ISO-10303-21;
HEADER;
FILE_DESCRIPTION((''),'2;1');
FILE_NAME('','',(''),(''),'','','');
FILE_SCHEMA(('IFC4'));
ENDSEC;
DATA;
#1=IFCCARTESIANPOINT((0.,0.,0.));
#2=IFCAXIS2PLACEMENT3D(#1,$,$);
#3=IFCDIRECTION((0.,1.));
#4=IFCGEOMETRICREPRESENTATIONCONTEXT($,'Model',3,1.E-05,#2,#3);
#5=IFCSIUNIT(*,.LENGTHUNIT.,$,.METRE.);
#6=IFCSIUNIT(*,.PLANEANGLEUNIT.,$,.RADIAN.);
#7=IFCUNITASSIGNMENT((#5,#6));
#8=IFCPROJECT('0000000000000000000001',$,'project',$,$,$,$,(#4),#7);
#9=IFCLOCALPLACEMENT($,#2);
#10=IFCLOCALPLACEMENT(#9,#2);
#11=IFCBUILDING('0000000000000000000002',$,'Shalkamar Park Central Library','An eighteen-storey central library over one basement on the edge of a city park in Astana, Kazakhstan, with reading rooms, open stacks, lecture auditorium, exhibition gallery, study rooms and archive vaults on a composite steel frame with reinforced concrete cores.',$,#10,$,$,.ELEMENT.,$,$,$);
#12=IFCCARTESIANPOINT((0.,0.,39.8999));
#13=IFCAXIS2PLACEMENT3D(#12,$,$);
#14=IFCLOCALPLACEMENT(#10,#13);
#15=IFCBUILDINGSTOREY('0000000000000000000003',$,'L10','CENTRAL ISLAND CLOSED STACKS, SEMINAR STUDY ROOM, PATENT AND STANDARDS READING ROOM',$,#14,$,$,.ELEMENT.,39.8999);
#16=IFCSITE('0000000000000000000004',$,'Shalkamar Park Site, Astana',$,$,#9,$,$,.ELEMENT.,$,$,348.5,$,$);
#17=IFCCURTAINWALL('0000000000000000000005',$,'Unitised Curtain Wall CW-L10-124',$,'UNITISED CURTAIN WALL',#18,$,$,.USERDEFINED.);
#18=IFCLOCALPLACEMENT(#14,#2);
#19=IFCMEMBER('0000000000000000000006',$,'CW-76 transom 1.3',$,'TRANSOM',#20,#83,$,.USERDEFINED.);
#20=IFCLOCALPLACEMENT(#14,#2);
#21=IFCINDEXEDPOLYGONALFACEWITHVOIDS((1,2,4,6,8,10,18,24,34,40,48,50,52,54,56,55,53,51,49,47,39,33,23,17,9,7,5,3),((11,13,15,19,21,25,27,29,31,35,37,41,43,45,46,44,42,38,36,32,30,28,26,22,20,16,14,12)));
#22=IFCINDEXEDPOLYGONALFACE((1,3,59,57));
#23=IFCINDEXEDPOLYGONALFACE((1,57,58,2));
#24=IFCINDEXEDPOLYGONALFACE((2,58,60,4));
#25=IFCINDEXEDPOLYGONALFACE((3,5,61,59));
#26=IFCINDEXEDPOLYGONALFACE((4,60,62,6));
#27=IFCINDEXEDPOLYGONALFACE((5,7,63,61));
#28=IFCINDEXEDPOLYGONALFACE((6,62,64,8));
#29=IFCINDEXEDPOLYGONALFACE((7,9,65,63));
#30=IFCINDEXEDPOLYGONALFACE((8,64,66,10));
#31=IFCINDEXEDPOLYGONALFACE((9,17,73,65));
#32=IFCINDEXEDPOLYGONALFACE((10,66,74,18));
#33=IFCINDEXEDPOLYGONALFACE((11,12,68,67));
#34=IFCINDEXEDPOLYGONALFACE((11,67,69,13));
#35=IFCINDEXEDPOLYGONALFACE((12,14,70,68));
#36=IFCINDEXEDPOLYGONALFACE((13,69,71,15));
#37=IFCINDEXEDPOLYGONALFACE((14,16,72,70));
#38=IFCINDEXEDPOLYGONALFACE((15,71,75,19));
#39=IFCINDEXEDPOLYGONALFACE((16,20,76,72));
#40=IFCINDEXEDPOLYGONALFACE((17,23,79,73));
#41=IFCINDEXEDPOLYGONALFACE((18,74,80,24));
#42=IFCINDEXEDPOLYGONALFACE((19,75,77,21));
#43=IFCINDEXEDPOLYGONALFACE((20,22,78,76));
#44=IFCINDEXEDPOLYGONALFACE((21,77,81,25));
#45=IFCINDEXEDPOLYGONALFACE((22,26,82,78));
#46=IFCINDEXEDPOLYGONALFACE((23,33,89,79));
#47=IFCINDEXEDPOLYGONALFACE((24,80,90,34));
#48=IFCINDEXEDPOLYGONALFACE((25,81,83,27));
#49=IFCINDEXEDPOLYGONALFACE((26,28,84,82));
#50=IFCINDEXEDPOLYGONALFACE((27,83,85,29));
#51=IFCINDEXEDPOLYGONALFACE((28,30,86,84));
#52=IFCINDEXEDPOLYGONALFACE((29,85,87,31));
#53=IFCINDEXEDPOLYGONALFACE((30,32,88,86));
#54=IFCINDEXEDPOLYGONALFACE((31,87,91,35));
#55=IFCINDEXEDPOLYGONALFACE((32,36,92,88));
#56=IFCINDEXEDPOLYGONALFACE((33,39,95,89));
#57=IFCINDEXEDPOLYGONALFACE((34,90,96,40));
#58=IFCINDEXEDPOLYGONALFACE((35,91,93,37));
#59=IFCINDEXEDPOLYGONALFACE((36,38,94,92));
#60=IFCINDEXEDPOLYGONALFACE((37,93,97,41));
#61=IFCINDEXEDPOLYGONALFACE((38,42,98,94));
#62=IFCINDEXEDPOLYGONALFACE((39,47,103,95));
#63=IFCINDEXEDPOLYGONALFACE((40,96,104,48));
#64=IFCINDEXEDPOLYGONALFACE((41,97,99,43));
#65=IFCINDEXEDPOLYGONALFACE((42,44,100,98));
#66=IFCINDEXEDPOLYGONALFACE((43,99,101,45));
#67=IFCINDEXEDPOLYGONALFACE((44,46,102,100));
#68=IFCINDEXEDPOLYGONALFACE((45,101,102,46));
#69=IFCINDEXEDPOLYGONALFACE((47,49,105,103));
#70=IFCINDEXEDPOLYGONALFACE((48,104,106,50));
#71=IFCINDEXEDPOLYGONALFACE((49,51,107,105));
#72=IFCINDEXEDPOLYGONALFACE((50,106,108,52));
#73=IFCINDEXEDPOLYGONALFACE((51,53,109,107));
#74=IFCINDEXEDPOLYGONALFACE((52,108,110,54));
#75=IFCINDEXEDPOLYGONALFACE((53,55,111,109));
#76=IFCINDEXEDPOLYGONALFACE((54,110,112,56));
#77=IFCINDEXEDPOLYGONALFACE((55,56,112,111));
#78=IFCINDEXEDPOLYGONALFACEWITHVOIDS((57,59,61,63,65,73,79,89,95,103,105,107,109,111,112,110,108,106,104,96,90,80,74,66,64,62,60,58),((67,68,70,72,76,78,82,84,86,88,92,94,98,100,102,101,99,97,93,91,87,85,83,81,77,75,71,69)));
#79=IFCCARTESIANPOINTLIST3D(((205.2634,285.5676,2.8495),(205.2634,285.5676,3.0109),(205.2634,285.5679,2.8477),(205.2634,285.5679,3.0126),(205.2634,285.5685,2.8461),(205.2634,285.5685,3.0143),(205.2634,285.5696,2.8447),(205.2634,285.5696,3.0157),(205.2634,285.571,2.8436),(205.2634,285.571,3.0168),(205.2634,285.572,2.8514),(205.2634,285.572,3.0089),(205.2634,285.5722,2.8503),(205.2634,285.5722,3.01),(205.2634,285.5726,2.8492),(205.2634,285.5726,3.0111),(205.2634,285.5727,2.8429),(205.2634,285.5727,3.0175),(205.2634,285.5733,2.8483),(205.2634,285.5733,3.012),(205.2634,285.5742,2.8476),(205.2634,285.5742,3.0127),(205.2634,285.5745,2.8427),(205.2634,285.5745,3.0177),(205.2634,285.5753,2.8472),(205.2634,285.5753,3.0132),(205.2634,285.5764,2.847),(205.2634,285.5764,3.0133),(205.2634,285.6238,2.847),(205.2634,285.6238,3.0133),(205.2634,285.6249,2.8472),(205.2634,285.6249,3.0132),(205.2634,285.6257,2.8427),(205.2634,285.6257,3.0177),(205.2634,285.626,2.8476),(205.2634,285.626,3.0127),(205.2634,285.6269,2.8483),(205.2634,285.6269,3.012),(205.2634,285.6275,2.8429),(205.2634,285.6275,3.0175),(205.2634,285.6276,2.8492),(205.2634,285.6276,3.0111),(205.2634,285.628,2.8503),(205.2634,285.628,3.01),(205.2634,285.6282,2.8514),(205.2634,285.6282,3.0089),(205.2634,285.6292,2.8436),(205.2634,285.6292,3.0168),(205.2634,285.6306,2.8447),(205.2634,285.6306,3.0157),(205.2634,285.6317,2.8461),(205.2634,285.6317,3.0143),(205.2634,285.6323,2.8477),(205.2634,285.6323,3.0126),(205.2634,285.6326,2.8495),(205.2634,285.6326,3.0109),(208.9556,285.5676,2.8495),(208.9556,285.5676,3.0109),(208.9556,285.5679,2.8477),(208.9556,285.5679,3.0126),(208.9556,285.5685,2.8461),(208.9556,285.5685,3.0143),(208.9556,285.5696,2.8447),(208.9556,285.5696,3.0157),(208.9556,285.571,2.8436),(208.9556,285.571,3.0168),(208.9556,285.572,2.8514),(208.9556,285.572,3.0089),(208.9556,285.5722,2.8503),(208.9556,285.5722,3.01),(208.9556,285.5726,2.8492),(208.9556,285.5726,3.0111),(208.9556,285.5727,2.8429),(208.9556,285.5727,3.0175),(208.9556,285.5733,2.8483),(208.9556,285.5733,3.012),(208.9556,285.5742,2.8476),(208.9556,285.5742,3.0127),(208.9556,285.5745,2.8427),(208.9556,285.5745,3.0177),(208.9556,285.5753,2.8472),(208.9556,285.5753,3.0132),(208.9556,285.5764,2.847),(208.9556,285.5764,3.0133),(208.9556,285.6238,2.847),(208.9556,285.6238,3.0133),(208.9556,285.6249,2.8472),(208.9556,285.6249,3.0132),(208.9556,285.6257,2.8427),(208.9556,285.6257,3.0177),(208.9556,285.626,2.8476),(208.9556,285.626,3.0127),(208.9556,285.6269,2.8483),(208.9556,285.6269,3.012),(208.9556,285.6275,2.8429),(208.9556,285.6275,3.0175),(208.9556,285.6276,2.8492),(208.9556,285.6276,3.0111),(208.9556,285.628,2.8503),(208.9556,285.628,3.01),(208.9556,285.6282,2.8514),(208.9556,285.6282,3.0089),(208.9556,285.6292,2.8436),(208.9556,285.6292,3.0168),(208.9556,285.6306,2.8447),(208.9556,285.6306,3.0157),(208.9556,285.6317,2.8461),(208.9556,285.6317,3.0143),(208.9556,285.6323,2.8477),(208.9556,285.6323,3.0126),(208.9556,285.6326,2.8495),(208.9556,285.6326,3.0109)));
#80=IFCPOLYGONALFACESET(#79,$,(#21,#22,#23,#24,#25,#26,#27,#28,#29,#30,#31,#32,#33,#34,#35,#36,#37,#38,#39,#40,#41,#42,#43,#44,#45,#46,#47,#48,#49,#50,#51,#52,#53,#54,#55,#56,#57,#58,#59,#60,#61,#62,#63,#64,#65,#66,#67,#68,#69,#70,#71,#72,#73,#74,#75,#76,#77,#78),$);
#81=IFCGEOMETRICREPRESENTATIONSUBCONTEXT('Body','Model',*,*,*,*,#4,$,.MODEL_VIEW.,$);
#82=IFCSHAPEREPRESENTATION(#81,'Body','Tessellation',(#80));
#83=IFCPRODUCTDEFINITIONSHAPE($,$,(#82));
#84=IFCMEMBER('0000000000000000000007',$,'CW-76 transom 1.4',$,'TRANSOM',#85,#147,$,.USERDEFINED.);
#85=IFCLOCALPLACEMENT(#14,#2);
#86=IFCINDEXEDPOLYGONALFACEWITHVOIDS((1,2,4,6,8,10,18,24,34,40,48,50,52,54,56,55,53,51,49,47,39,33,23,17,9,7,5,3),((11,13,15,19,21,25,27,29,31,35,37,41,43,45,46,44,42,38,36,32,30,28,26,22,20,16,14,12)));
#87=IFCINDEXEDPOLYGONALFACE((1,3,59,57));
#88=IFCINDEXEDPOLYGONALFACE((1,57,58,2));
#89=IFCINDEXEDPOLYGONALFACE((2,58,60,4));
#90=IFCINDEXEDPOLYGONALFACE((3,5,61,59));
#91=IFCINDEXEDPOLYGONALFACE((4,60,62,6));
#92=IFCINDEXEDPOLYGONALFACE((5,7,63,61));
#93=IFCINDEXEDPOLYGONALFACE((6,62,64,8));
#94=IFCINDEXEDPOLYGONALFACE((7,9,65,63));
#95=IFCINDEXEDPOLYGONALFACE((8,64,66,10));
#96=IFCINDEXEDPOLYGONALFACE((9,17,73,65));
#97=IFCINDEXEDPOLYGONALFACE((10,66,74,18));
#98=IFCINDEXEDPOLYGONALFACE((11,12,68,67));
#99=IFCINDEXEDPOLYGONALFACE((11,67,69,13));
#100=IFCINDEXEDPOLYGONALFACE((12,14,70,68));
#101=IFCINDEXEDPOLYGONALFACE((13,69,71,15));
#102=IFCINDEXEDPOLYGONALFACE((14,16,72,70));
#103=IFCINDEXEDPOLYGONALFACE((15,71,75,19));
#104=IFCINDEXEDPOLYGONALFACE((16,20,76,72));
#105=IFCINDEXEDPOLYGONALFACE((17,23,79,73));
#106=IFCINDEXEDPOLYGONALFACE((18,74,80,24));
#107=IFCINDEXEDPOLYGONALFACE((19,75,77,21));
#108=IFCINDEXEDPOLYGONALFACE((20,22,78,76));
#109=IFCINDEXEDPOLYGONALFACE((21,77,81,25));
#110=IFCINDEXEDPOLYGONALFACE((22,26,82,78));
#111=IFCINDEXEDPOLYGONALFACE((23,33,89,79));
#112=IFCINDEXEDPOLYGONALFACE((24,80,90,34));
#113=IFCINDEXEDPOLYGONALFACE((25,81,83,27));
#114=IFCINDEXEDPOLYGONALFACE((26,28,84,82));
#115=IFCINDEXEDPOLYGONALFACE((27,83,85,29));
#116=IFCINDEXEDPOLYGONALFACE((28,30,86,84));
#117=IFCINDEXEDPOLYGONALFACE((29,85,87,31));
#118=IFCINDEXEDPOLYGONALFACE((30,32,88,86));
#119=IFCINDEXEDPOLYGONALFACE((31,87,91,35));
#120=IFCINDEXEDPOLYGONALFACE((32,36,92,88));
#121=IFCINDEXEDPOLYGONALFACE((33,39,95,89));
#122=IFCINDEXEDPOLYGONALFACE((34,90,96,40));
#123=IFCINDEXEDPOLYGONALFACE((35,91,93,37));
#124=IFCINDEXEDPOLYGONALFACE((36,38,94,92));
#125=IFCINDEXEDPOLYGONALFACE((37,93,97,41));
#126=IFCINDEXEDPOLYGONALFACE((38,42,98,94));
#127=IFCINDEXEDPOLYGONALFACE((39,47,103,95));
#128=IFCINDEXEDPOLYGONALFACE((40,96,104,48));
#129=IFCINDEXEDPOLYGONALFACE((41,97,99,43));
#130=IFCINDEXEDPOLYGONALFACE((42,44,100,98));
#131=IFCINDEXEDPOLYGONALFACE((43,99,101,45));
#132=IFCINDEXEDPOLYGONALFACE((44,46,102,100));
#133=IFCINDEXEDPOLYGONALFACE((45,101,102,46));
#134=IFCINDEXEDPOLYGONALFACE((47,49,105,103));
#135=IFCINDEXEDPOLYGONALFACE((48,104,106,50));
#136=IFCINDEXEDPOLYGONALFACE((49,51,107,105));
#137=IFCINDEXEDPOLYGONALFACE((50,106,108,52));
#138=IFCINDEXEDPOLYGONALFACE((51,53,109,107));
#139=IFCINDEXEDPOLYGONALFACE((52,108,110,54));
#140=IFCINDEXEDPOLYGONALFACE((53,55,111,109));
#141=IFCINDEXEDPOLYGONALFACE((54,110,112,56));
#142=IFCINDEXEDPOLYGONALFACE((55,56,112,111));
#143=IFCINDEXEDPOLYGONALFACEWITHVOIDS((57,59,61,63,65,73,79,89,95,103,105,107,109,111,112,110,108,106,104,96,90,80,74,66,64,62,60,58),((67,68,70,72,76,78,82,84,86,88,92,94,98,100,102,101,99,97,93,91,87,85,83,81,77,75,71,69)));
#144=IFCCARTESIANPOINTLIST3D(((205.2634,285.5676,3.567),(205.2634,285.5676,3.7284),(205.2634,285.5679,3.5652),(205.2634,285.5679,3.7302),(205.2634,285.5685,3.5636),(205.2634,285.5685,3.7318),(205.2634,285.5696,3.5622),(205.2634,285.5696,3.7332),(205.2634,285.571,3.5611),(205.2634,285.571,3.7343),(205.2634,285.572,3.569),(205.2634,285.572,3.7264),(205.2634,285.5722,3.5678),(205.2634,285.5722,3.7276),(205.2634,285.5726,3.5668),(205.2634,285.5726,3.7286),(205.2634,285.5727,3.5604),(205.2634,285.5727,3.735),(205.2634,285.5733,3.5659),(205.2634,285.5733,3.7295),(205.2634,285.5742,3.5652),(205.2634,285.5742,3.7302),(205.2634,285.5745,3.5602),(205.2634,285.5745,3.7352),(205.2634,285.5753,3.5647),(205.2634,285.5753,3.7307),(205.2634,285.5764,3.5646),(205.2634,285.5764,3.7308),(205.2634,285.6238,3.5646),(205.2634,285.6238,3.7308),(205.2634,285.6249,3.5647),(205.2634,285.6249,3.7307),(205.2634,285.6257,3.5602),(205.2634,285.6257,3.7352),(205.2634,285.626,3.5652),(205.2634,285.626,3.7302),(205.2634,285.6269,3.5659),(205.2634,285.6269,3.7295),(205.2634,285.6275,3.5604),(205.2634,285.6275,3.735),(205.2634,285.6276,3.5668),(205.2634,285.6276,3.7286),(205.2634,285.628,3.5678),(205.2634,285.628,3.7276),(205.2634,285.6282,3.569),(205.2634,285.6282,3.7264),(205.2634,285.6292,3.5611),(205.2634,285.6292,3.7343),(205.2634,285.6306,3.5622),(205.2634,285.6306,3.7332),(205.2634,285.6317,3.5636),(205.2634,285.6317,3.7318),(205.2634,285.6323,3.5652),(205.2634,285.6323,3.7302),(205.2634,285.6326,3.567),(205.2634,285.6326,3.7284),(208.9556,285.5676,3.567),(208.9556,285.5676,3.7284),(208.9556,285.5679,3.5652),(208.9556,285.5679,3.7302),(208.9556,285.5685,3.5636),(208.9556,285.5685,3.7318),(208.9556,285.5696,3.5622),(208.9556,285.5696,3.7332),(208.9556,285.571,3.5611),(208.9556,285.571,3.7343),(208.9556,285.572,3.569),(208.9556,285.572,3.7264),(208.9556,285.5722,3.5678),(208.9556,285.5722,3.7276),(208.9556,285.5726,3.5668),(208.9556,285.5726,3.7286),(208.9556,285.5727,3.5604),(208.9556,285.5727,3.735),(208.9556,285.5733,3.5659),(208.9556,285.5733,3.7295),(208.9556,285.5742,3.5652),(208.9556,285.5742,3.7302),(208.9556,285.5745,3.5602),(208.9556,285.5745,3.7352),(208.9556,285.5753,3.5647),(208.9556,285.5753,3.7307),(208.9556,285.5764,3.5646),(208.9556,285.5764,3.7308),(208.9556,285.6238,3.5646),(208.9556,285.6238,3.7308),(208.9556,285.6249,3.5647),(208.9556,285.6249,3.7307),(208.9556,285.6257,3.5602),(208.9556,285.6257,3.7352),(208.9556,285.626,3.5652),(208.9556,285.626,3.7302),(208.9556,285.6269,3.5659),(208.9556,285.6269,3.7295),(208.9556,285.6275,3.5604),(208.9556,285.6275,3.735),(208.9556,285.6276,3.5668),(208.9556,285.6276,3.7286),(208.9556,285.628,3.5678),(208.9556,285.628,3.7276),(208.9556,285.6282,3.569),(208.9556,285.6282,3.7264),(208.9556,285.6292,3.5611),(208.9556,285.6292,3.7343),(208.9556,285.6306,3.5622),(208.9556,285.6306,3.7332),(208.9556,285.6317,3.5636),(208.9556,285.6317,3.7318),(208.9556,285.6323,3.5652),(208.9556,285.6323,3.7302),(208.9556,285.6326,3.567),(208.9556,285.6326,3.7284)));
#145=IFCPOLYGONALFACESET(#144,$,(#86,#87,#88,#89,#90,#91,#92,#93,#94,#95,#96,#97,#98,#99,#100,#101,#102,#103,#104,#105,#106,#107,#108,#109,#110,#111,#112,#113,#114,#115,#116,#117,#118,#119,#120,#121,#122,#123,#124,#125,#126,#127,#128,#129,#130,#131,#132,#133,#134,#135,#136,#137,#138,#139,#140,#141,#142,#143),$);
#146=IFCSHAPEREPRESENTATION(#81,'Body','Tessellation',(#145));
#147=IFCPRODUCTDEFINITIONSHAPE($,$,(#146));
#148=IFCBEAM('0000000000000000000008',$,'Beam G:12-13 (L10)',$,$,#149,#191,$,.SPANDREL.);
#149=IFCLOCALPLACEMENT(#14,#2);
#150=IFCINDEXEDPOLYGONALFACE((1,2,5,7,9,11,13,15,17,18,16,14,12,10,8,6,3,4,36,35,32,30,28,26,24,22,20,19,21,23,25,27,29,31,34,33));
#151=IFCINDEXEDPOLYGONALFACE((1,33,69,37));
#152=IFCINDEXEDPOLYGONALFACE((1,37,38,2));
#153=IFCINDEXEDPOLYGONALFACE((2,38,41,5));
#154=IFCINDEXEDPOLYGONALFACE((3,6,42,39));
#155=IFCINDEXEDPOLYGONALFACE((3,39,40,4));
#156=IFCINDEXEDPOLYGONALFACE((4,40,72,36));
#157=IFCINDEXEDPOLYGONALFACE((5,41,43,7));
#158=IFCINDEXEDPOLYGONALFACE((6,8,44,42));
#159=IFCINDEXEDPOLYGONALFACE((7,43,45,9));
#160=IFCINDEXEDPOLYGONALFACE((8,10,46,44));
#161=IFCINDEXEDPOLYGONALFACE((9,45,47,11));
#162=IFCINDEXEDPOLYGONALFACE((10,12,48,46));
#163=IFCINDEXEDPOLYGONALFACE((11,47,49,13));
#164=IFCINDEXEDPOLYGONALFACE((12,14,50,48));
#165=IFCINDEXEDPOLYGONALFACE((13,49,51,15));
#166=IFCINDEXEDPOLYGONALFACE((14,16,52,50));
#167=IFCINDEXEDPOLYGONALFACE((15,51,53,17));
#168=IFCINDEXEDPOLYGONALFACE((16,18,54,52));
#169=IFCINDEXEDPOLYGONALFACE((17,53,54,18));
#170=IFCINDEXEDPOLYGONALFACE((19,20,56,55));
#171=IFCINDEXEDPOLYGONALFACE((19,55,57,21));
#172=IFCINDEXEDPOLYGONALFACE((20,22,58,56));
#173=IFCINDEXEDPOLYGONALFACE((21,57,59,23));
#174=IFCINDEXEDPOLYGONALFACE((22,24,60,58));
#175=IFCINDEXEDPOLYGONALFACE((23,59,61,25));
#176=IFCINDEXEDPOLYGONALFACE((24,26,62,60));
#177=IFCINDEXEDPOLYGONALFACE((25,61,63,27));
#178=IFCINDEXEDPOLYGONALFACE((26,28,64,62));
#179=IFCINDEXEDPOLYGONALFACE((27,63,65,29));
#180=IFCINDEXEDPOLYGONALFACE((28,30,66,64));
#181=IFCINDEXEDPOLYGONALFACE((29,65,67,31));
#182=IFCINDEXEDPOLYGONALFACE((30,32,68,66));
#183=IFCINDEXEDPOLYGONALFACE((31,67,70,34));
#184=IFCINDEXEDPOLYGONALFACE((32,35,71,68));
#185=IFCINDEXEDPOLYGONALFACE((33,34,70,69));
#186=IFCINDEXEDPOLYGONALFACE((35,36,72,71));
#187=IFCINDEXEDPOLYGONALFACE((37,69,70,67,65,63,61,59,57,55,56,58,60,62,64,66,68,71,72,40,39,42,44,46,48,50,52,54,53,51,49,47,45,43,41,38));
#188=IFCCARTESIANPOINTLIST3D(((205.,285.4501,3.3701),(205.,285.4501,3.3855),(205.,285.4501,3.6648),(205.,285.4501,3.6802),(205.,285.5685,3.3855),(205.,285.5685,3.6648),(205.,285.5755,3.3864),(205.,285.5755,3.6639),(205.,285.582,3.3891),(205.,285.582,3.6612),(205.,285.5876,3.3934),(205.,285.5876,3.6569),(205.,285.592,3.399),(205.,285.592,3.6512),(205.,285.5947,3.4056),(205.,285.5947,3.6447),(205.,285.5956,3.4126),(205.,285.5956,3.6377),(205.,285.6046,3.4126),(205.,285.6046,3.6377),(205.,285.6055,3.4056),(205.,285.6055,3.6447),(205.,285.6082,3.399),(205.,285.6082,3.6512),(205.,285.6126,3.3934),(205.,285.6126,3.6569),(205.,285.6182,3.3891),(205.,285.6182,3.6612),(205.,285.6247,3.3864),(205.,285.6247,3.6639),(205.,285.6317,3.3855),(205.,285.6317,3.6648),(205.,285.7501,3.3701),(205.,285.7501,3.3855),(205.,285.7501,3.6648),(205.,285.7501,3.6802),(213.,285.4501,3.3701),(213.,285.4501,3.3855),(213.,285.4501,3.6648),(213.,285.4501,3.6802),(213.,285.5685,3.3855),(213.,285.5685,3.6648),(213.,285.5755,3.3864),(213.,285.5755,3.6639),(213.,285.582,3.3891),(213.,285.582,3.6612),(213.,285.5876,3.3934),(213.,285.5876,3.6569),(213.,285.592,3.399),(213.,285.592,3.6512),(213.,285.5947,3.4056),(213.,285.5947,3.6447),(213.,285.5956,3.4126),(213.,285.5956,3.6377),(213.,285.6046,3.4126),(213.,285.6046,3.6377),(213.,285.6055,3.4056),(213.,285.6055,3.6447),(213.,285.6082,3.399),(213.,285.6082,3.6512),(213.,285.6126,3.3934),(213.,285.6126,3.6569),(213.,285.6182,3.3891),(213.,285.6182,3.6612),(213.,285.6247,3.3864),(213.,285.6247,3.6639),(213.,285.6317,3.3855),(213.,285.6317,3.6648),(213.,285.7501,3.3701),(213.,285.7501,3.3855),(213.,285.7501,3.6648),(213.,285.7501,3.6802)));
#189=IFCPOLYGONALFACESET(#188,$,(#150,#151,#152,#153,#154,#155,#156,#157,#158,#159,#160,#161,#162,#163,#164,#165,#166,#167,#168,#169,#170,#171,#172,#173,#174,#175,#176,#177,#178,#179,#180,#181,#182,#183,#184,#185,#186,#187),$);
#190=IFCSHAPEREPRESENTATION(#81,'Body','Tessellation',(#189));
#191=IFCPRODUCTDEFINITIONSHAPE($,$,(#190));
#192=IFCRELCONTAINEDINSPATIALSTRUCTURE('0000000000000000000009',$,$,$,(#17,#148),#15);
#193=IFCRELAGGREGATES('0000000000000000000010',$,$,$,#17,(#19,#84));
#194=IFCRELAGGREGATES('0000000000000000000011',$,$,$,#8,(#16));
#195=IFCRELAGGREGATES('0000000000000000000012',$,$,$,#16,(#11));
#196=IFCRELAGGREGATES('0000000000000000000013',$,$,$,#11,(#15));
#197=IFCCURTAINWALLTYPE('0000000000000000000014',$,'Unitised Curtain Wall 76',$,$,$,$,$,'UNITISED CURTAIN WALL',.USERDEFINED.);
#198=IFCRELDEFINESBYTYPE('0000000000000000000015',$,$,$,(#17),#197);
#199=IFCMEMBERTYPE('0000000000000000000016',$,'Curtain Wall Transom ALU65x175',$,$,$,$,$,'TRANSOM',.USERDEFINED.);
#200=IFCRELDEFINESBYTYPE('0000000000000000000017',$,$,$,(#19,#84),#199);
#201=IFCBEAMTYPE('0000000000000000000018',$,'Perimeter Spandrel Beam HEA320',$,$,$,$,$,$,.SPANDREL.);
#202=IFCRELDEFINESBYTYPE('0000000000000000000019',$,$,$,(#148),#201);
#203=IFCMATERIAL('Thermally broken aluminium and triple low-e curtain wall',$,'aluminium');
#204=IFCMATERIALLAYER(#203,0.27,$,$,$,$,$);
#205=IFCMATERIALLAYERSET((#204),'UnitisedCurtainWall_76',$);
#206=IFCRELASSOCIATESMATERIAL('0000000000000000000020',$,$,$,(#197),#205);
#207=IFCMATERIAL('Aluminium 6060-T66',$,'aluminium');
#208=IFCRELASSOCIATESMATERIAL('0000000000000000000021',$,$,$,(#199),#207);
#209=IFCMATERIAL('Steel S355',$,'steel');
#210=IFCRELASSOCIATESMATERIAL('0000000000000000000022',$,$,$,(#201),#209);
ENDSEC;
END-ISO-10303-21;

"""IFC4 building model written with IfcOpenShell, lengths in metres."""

from ifc_helpers import new_model, si_unit, direction, frame, origin, origin_2d, place, context, subcontext, project, spatial, hollow_rectangle, i_section, extrude, material, layer, layer_set, material_profile, profile_set, type_object, element, aggregate, save


model = new_model("IFC4")

# Units and contexts
model_context = context("Model", 3, precision=1e-05, world=origin(), true_north=direction((0.0, 1.0)))
body_context = subcontext(model_context, "Body", "Model", "MODEL_VIEW")
ifc_project = project(units=[si_unit("LENGTHUNIT", "METRE"), si_unit("PLANEANGLEUNIT", "RADIAN")], contexts=[model_context])

# Site, building, storey
site_placement = place(None, origin())
site = spatial("IfcSite", under=ifc_project, at=site_placement, Name="Shalkamar Park Site, Astana", CompositionType="ELEMENT", RefElevation=348.5)
building_placement = place(site_placement, origin())
building = spatial("IfcBuilding", under=site, at=building_placement, Name="Shalkamar Park Central Library", Description="An eighteen-storey central library over one basement on the edge of a city park in Astana, Kazakhstan, with reading rooms, open stacks, lecture auditorium, exhibition gallery, study rooms and archive vaults on a composite steel frame with reinforced concrete cores.", CompositionType="ELEMENT")
storey_placement = place(building_placement, frame((0.0, 0.0, 39.8999)))
storey = spatial("IfcBuildingStorey", under=building, at=storey_placement, Name="L10", Description="CENTRAL ISLAND CLOSED STACKS, SEMINAR STUDY ROOM, PATENT AND STANDARDS READING ROOM", CompositionType="ELEMENT", Elevation=39.8999)

# Shared definitions
ifc_material_1 = material(Name="Steel S355", Category="steel")

# Shared definitions
ifc_material_2 = material(Name="Thermally broken aluminium and triple low-e curtain wall", Category="aluminium")
ifc_material_3 = material(Name="Aluminium 6060-T66", Category="aluminium")

# Curtain wall
ifc_layer_1 = layer(ifc_material_2, 0.27)
ifc_layer_set_1 = layer_set([ifc_layer_1], Name="UnitisedCurtainWall_76")
curtain_wall_type_1 = type_object("IfcCurtainWallType", Name="Unitised Curtain Wall 76", ElementType="UNITISED CURTAIN WALL", PredefinedType="USERDEFINED", material=ifc_layer_set_1)
curtain_wall_1_placement = place(storey_placement, origin())
curtain_wall_1 = element("IfcCurtainWall", 1, at=curtain_wall_1_placement, inside=storey, type_object=curtain_wall_type_1, Name="Unitised Curtain Wall CW-L10-124", ObjectType="UNITISED CURTAIN WALL", PredefinedType="USERDEFINED")

# Members
ifc_material_profile_1 = material_profile(ifc_material_3, hollow_rectangle(XDim=0.0649, YDim=0.175, WallThickness=0.0044, InnerFilletRadius=0.0044, OuterFilletRadius=0.0068, at=origin_2d()), Name="ALU 65x175x4.5")
ifc_profile_set_1 = profile_set([ifc_material_profile_1], Name="Aluminium 6060-T66")
member_type_1 = type_object("IfcMemberType", Name="Curtain Wall Transom ALU65x175", ElementType="TRANSOM", PredefinedType="USERDEFINED", material=ifc_profile_set_1)
member_1_placement = place(storey_placement, frame((205.2634, 285.6001, 2.9302), z_axis=(1.0, 0.0, 0.0), x_axis=(0.0, 1.0, 0.0)))
member_1 = element("IfcMember", 2, at=member_1_placement, type_object=member_type_1, Name="CW-76 transom 1.3", ObjectType="TRANSOM", PredefinedType="USERDEFINED", context=body_context, shape_type="SweptSolid", body=[
    extrude(hollow_rectangle(XDim=0.0649, YDim=0.175, WallThickness=0.0044, InnerFilletRadius=0.0044, OuterFilletRadius=0.0068, at=origin_2d()), origin(), (0.0, 0.0, 1.0), 3.6921),
])
member_2_placement = place(storey_placement, frame((205.2634, 285.6001, 3.6477), z_axis=(1.0, 0.0, 0.0), x_axis=(0.0, 1.0, 0.0)))
member_2 = element("IfcMember", 3, at=member_2_placement, type_object=member_type_1, Name="CW-76 transom 1.4", ObjectType="TRANSOM", PredefinedType="USERDEFINED", context=body_context, shape_type="SweptSolid", body=[
    extrude(hollow_rectangle(XDim=0.0649, YDim=0.175, WallThickness=0.0044, InnerFilletRadius=0.0044, OuterFilletRadius=0.0068, at=origin_2d()), origin(), (0.0, 0.0, 1.0), 3.6921),
])
aggregate(curtain_wall_1, [member_1, member_2])

# Beam
ifc_material_profile_2 = material_profile(ifc_material_1, i_section(OverallWidth=0.3, OverallDepth=0.3101, WebThickness=0.009, FlangeThickness=0.0154, FilletRadius=0.0271, at=origin_2d()), Name="HEA 320")
ifc_profile_set_2 = profile_set([ifc_material_profile_2], Name="Steel S355")
beam_type = type_object("IfcBeamType", Name="Perimeter Spandrel Beam HEA320", PredefinedType="SPANDREL", material=ifc_profile_set_2)
beam_placement = place(storey_placement, frame((205.0, 285.6001, 3.5251), z_axis=(1.0, 0.0, 0.0), x_axis=(0.0, 1.0, 0.0)))
element("IfcBeam", 4, at=beam_placement, inside=storey, type_object=beam_type, Name="Beam G:12-13 (L10)", PredefinedType="SPANDREL", context=body_context, shape_type="SweptSolid", body=[
    extrude(i_section(OverallWidth=0.3, OverallDepth=0.3101, WebThickness=0.009, FlangeThickness=0.0154, FilletRadius=0.0271, at=origin_2d()), origin(), (0.0, 0.0, 1.0), 8.0),
])

save(model, "model.ifc")
